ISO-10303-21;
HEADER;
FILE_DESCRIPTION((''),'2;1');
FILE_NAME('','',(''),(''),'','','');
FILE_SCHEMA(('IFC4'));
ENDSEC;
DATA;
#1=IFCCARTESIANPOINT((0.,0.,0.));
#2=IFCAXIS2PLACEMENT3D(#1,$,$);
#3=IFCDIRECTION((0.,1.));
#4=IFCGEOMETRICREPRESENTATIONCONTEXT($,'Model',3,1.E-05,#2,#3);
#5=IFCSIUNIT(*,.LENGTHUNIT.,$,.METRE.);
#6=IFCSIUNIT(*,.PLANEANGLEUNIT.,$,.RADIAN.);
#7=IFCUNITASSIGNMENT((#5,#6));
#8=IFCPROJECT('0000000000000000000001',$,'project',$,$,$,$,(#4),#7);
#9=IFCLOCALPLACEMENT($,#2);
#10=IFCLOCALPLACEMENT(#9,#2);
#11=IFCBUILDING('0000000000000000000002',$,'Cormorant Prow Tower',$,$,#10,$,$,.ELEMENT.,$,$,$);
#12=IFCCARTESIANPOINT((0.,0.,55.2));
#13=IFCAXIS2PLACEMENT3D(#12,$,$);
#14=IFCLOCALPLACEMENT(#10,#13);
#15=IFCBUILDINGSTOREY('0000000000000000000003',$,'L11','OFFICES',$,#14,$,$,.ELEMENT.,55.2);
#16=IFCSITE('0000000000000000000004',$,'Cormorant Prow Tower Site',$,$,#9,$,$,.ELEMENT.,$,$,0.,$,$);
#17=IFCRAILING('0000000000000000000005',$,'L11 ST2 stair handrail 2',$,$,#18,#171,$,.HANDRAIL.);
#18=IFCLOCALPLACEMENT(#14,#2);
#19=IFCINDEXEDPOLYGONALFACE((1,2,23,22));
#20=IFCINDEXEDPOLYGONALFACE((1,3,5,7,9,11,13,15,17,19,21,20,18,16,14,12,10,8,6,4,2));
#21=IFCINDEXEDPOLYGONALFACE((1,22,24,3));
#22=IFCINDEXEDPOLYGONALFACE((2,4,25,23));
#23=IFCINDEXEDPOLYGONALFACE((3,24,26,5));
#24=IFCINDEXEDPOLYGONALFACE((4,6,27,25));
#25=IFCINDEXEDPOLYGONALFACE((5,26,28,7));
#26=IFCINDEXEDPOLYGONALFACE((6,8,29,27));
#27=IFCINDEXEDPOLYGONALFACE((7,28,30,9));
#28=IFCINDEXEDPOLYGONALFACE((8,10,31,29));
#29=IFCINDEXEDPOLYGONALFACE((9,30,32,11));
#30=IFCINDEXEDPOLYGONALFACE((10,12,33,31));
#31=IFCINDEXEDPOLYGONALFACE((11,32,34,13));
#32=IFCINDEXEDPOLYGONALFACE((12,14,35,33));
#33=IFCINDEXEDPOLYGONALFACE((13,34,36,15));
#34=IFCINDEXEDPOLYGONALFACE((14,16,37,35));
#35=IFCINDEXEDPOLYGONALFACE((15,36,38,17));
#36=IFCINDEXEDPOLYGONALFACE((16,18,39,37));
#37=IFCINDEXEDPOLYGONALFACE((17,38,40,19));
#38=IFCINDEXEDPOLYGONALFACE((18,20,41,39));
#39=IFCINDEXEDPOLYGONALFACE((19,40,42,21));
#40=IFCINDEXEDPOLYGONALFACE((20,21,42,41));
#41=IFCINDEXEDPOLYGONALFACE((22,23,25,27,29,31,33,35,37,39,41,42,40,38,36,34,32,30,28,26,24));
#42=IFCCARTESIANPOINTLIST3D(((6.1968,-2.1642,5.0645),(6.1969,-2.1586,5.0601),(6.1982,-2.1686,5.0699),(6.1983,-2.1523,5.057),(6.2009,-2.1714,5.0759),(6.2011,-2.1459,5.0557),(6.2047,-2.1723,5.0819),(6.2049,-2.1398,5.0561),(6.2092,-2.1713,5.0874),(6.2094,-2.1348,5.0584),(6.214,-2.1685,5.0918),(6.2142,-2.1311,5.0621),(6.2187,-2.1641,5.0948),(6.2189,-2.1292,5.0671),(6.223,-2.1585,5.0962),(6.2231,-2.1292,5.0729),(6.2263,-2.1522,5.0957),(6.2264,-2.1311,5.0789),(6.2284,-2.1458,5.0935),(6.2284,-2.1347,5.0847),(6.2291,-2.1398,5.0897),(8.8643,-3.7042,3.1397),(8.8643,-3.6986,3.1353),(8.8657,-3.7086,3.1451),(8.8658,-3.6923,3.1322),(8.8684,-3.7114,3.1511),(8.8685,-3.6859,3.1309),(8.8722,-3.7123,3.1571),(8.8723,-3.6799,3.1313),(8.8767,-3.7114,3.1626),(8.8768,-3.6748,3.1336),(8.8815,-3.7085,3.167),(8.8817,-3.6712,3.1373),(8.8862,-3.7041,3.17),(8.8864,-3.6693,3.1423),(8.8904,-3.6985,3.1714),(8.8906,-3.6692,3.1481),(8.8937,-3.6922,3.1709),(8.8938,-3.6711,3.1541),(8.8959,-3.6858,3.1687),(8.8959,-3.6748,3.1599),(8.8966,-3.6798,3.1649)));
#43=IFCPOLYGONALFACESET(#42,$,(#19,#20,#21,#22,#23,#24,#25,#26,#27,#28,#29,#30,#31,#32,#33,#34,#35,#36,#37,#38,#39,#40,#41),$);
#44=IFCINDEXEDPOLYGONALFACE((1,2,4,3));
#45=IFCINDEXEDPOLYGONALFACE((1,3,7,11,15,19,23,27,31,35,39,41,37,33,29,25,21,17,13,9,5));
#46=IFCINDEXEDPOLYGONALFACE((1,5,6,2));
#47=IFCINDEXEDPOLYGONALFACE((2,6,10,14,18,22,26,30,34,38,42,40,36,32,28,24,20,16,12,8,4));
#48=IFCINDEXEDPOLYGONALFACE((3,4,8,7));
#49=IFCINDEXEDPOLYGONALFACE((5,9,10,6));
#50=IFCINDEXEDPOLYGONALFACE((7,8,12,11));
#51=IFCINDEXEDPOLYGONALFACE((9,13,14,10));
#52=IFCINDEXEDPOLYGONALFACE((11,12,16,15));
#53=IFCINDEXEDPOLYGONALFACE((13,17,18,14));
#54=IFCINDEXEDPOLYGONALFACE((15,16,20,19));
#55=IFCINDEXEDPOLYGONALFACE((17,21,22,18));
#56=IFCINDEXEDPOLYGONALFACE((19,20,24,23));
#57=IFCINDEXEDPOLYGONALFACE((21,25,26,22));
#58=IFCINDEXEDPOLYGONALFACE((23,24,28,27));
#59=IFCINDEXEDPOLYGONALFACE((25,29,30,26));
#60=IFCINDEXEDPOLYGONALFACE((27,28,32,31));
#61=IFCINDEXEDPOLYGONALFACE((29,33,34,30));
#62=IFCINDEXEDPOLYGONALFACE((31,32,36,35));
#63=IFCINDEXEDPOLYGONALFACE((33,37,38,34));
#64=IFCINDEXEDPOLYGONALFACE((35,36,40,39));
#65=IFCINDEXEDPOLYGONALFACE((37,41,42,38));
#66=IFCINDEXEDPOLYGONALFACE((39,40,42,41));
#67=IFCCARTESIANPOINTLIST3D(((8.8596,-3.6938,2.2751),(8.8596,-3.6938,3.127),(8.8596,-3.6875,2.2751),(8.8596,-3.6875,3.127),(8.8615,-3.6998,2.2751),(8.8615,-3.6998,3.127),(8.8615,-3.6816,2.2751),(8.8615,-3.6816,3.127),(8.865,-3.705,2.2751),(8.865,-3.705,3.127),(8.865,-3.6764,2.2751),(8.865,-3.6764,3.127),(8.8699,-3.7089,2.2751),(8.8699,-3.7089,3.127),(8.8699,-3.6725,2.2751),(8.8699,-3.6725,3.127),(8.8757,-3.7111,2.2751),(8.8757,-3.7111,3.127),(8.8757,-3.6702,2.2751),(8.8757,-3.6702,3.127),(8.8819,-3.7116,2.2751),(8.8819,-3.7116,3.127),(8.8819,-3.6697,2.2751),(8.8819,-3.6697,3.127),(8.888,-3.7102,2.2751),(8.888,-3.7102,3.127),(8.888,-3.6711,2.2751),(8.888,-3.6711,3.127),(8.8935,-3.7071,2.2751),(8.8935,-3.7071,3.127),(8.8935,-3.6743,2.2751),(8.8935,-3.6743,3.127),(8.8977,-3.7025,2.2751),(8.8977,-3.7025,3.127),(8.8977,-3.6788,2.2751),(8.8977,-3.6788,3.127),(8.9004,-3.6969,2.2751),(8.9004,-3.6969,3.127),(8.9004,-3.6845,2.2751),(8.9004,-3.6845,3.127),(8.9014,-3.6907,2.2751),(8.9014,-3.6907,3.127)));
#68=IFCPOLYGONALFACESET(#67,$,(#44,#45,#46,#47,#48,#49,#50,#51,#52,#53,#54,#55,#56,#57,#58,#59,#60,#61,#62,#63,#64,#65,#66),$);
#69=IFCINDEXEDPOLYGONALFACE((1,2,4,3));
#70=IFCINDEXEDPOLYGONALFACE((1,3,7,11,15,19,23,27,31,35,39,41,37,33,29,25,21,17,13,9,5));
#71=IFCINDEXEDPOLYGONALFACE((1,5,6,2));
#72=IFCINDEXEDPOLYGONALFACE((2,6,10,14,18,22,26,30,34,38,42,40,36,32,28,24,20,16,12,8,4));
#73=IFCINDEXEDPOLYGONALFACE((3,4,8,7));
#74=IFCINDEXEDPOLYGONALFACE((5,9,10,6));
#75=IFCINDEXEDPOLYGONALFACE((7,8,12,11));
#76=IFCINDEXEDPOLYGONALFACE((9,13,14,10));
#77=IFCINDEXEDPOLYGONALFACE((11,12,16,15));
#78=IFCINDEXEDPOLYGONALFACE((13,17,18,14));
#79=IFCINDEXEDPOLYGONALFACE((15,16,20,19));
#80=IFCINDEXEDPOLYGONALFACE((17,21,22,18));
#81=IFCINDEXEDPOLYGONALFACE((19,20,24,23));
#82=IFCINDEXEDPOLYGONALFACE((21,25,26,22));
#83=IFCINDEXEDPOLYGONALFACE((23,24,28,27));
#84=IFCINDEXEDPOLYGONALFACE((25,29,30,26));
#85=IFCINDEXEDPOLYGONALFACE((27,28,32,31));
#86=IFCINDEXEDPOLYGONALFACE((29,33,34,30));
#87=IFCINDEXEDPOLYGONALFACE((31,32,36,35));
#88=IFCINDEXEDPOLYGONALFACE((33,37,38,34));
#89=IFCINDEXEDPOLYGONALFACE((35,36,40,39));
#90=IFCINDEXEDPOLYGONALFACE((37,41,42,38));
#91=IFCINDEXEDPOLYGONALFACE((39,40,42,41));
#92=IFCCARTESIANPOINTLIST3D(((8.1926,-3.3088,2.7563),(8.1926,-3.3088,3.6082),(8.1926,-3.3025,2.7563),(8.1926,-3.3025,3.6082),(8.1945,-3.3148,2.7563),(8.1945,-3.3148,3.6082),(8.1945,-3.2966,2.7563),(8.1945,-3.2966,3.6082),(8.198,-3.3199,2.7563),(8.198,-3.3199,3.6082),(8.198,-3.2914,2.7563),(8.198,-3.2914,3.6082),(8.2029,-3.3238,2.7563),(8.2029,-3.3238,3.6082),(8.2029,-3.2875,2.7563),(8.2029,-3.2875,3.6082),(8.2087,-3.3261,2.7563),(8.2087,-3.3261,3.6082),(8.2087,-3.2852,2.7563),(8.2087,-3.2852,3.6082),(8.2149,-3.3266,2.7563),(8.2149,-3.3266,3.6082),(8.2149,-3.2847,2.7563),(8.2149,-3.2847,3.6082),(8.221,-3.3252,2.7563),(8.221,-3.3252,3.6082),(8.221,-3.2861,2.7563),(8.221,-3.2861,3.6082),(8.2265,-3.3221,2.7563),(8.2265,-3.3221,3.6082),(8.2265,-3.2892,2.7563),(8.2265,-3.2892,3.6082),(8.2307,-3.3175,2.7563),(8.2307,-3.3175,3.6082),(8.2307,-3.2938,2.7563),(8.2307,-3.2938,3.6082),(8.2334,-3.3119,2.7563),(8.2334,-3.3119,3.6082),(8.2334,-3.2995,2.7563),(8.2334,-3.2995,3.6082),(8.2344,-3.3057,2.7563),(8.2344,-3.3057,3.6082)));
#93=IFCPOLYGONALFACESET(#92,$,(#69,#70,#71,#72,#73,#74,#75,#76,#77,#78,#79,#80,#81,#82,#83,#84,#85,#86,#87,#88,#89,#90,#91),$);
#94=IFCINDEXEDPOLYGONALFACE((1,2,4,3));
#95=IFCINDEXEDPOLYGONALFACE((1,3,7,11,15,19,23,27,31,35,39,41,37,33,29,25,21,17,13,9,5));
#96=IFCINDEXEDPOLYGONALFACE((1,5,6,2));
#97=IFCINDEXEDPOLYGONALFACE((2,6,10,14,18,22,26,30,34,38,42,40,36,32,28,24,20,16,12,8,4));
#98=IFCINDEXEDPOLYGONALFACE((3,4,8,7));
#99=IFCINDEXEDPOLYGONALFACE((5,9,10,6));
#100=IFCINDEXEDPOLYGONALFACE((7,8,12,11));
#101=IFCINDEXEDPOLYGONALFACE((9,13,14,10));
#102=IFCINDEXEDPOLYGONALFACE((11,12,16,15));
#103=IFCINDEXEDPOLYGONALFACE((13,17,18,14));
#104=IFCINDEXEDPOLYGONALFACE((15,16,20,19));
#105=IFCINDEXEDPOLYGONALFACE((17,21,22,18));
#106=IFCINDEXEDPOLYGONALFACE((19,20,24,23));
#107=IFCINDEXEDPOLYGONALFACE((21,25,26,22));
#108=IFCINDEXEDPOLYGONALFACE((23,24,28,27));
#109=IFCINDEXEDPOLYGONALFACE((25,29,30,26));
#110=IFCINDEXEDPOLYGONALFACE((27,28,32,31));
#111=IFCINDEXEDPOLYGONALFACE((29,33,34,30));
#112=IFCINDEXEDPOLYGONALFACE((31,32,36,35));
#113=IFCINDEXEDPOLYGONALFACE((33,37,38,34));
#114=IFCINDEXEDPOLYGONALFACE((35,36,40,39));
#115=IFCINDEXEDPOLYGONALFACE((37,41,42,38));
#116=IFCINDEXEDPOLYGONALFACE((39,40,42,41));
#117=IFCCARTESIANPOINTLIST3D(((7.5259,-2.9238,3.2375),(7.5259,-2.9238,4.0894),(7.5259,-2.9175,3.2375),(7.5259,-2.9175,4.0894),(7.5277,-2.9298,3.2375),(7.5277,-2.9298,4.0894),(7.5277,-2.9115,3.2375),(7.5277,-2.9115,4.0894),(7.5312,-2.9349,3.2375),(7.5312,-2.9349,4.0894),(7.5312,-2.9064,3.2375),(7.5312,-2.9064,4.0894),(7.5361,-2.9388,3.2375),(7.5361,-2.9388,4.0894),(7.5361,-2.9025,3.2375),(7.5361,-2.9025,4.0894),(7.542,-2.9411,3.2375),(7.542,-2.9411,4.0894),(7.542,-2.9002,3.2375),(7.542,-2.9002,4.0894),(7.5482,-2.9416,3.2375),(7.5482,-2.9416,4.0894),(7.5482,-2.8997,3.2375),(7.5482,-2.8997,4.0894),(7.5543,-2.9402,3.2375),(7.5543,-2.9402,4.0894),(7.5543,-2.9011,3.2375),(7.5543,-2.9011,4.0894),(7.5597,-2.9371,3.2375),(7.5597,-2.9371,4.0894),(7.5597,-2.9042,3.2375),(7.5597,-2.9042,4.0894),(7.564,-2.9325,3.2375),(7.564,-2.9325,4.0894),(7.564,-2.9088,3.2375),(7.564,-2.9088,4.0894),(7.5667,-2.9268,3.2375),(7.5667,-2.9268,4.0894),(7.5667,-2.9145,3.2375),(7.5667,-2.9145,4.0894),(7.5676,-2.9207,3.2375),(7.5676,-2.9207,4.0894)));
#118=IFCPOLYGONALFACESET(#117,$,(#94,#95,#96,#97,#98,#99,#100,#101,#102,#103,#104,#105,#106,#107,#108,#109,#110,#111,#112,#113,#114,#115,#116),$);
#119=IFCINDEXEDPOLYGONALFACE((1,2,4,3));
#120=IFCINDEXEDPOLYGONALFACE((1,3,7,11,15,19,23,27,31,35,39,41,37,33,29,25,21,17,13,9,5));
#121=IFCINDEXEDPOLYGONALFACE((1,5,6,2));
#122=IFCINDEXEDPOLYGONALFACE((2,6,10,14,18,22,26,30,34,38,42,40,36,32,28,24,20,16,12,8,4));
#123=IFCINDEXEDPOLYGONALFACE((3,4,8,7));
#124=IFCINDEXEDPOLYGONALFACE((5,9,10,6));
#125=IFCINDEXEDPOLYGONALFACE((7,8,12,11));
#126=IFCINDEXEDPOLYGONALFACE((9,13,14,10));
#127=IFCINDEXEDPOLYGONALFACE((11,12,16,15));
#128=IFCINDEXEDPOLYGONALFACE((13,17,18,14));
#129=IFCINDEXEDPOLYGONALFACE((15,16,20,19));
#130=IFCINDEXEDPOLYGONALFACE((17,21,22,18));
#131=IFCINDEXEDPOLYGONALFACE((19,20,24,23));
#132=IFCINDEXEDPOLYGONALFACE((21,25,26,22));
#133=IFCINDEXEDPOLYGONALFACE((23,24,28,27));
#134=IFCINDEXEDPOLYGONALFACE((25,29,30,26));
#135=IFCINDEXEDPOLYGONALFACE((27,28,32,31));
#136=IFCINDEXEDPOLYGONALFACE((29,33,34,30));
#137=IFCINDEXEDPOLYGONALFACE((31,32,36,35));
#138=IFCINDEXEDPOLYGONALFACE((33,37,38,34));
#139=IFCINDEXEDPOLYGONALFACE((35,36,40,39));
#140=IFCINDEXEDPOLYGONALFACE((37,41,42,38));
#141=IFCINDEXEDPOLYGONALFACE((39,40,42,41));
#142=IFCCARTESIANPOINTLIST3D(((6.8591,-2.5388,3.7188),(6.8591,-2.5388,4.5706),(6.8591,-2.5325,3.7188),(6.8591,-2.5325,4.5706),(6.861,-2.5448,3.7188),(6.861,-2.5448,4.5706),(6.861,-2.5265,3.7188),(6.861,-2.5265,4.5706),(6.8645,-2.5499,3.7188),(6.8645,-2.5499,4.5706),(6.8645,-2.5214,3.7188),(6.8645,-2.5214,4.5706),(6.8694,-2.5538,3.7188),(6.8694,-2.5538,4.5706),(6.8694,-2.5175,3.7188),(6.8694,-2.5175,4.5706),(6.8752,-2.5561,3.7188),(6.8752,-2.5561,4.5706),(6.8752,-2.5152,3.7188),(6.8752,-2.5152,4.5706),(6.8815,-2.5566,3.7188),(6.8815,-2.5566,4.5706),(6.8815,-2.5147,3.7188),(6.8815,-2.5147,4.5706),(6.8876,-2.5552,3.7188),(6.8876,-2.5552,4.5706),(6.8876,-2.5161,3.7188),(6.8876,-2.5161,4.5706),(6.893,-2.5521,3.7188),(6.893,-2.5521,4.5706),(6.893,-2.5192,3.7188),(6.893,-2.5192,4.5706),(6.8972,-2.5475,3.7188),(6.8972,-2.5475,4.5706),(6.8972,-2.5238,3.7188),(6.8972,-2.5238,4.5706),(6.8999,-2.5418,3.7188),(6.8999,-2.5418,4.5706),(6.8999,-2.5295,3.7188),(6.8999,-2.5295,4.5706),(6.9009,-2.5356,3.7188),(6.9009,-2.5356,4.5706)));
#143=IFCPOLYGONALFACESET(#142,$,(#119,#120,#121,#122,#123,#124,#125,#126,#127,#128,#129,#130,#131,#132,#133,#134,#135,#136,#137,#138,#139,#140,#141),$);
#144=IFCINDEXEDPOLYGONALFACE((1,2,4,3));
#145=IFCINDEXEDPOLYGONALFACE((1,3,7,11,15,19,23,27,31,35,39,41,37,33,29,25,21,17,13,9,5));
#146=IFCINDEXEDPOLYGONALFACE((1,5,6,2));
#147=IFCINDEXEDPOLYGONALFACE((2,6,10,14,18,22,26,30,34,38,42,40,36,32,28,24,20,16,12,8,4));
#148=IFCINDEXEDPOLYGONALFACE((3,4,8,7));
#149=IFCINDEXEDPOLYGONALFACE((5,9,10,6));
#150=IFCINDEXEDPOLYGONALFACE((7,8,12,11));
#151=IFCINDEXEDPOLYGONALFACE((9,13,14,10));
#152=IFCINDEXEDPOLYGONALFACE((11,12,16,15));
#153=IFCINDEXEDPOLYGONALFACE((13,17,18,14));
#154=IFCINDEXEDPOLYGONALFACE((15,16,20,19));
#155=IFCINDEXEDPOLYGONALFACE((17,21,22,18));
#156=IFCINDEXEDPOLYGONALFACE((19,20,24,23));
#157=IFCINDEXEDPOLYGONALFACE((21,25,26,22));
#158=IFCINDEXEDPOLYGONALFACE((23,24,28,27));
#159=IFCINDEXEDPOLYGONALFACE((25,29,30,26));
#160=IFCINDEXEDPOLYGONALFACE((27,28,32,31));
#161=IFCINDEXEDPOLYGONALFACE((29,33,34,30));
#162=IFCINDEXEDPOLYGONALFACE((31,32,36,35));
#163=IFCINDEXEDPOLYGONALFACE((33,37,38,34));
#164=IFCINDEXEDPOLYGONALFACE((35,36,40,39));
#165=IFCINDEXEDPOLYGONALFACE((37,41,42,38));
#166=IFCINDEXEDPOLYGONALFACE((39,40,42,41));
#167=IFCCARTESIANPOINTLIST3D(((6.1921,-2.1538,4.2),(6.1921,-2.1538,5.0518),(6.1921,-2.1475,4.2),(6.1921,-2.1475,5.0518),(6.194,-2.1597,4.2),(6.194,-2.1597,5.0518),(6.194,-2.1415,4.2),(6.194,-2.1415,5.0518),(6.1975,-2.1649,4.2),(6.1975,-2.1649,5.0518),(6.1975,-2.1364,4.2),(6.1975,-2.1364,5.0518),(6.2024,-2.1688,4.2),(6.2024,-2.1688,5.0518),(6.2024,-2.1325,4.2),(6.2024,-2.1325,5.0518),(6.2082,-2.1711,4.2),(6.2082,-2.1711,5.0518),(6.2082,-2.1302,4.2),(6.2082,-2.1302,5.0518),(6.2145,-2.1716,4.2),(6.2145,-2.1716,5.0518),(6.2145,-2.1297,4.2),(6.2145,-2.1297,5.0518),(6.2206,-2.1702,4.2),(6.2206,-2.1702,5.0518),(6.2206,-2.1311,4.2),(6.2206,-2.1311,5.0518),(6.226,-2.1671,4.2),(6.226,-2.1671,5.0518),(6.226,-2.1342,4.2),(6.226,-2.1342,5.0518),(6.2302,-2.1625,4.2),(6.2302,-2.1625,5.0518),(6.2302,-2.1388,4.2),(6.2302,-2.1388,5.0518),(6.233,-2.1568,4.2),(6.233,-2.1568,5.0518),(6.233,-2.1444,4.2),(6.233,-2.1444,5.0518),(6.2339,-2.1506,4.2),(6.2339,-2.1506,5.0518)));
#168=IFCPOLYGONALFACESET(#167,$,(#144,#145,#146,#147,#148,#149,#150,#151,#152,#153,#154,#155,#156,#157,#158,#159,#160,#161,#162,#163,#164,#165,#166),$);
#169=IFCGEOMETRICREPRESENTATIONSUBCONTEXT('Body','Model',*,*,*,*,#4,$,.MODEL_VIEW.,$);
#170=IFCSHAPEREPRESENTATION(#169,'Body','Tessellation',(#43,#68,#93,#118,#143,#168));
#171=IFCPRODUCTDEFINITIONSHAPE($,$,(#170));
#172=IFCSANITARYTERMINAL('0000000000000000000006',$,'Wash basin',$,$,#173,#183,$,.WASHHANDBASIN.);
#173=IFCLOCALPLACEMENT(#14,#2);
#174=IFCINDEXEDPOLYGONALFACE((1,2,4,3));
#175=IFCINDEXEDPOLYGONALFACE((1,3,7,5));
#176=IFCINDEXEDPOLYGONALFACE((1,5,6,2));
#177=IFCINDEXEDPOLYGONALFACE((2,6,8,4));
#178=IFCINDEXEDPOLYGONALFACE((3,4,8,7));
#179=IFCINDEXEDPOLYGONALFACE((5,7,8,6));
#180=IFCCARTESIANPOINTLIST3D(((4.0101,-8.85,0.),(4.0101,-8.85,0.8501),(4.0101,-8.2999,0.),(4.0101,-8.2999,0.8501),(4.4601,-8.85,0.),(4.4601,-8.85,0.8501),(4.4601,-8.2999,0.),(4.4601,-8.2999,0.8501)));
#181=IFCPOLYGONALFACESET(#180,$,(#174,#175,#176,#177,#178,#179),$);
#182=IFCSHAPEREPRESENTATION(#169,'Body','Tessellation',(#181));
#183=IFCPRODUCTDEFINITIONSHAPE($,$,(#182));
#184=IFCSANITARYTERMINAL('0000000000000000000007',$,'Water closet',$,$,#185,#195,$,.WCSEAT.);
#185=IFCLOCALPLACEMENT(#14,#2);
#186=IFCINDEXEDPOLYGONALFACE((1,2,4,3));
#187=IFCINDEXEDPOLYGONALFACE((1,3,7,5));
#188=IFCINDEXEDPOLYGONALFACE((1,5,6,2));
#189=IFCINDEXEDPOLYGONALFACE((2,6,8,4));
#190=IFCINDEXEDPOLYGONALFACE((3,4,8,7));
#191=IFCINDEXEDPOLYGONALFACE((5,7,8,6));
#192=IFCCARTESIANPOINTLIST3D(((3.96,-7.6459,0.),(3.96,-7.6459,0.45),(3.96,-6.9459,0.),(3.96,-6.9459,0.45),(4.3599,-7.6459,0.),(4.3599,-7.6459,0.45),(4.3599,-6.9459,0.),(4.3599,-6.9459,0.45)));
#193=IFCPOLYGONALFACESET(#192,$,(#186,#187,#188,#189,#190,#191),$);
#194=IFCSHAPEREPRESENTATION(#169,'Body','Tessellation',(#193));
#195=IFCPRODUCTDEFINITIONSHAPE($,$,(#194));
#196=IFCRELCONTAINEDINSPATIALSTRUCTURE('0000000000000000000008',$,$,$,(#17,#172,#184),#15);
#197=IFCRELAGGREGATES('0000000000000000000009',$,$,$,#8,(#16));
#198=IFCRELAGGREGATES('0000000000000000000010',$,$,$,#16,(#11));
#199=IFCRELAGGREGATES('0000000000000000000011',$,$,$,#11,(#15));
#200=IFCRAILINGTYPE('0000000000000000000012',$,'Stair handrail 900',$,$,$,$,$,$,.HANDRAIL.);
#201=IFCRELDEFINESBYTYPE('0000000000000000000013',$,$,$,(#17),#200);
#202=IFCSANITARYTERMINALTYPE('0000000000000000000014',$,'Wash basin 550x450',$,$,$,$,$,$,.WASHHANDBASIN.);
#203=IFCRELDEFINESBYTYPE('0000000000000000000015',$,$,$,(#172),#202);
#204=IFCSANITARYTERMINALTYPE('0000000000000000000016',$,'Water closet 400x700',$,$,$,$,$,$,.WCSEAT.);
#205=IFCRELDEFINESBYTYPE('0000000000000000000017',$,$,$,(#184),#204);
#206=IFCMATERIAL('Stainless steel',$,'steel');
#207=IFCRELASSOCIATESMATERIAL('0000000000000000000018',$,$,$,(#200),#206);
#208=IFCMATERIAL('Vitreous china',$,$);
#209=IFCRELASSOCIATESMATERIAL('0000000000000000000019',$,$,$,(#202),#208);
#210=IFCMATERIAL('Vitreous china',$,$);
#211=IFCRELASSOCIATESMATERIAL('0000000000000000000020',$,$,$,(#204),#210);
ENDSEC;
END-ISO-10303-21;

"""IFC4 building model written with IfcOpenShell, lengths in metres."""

from ifc_helpers import new_model, si_unit, direction, frame, origin, origin_2d, place, context, subcontext, project, spatial, rectangle, circle, extrude, material, type_object, element, save


model = new_model("IFC4")

# Units and contexts
model_context = context("Model", 3, precision=1e-05, world=origin(), true_north=direction((0.0, 1.0)))
body_context = subcontext(model_context, "Body", "Model", "MODEL_VIEW")
ifc_project = project(units=[si_unit("LENGTHUNIT", "METRE"), si_unit("PLANEANGLEUNIT", "RADIAN")], contexts=[model_context])

# Site, building, storey
site_placement = place(None, origin())
site = spatial("IfcSite", under=ifc_project, at=site_placement, Name="Cormorant Prow Tower Site", CompositionType="ELEMENT", RefElevation=0.0)
building_placement = place(site_placement, origin())
building = spatial("IfcBuilding", under=site, at=building_placement, Name="Cormorant Prow Tower", CompositionType="ELEMENT")
storey_placement = place(building_placement, frame((0.0, 0.0, 55.2)))
storey = spatial("IfcBuildingStorey", under=building, at=storey_placement, Name="L11", Description="OFFICES", CompositionType="ELEMENT", Elevation=55.2)

# Railing
ifc_material_1 = material(Name="Stainless steel", Category="steel")
railing_type_1 = type_object("IfcRailingType", Name="Stair handrail 900", PredefinedType="HANDRAIL", material=ifc_material_1)
railing_1_placement = place(storey_placement, frame((8.8804, -3.6907, 2.2751)))
element("IfcRailing", 1, at=railing_1_placement, inside=storey, type_object=railing_type_1, Name="L11 ST2 stair handrail 2", PredefinedType="HANDRAIL", context=body_context, shape_type="SweptSolid", body=[
    extrude(circle(Radius=0.0239, at=origin_2d()), frame((0.0, 0.0, 0.876), z_axis=(-0.734421, 0.42401, 0.529945), x_axis=(-0.499992, -0.86603, 0.0)), (0.0, 0.0, 1.0), 3.6321),
    extrude(circle(Radius=0.021, at=origin_2d()), origin(), (0.0, 0.0, 1.0), 0.8518),
    extrude(circle(Radius=0.021, at=origin_2d()), frame((-0.667, 0.385, 0.4812)), (0.0, 0.0, 1.0), 0.8518),
    extrude(circle(Radius=0.021, at=origin_2d()), frame((-1.3337, 0.77, 0.9624)), (0.0, 0.0, 1.0), 0.8518),
    extrude(circle(Radius=0.021, at=origin_2d()), frame((-2.0005, 1.155, 1.4436)), (0.0, 0.0, 1.0), 0.8518),
    extrude(circle(Radius=0.021, at=origin_2d()), frame((-2.6675, 1.54, 1.9248)), (0.0, 0.0, 1.0), 0.8518),
])

# Sanitary terminals
ifc_material_2 = material(Name="Vitreous china")
sanitary_terminal_type_1 = type_object("IfcSanitaryTerminalType", Name="Wash basin 550x450", PredefinedType="WASHHANDBASIN", material=ifc_material_2)
sanitary_terminal_1_placement = place(storey_placement, frame((4.2351, -8.575, 0.0), z_axis=(0.0, 0.0, 1.0), x_axis=(0.0, 1.0, 0.0)))
element("IfcSanitaryTerminal", 2, at=sanitary_terminal_1_placement, inside=storey, type_object=sanitary_terminal_type_1, Name="Wash basin", PredefinedType="WASHHANDBASIN", context=body_context, shape_type="SweptSolid", body=[
    extrude(rectangle(XDim=0.55, YDim=0.45, at=origin_2d()), origin(), (0.0, 0.0, 1.0), 0.8501),
])
ifc_material_3 = material(Name="Vitreous china")
sanitary_terminal_type_2 = type_object("IfcSanitaryTerminalType", Name="Water closet 400x700", PredefinedType="WCSEAT", material=ifc_material_3)
sanitary_terminal_2_placement = place(storey_placement, frame((4.1599, -7.2959, 0.0), z_axis=(0.0, 0.0, 1.0), x_axis=(-1.0, 0.0, 0.0)))
element("IfcSanitaryTerminal", 3, at=sanitary_terminal_2_placement, inside=storey, type_object=sanitary_terminal_type_2, Name="Water closet", PredefinedType="WCSEAT", context=body_context, shape_type="SweptSolid", body=[
    extrude(rectangle(XDim=0.3999, YDim=0.7, at=origin_2d()), origin(), (0.0, 0.0, 1.0), 0.45),
])

save(model, "model.ifc")
